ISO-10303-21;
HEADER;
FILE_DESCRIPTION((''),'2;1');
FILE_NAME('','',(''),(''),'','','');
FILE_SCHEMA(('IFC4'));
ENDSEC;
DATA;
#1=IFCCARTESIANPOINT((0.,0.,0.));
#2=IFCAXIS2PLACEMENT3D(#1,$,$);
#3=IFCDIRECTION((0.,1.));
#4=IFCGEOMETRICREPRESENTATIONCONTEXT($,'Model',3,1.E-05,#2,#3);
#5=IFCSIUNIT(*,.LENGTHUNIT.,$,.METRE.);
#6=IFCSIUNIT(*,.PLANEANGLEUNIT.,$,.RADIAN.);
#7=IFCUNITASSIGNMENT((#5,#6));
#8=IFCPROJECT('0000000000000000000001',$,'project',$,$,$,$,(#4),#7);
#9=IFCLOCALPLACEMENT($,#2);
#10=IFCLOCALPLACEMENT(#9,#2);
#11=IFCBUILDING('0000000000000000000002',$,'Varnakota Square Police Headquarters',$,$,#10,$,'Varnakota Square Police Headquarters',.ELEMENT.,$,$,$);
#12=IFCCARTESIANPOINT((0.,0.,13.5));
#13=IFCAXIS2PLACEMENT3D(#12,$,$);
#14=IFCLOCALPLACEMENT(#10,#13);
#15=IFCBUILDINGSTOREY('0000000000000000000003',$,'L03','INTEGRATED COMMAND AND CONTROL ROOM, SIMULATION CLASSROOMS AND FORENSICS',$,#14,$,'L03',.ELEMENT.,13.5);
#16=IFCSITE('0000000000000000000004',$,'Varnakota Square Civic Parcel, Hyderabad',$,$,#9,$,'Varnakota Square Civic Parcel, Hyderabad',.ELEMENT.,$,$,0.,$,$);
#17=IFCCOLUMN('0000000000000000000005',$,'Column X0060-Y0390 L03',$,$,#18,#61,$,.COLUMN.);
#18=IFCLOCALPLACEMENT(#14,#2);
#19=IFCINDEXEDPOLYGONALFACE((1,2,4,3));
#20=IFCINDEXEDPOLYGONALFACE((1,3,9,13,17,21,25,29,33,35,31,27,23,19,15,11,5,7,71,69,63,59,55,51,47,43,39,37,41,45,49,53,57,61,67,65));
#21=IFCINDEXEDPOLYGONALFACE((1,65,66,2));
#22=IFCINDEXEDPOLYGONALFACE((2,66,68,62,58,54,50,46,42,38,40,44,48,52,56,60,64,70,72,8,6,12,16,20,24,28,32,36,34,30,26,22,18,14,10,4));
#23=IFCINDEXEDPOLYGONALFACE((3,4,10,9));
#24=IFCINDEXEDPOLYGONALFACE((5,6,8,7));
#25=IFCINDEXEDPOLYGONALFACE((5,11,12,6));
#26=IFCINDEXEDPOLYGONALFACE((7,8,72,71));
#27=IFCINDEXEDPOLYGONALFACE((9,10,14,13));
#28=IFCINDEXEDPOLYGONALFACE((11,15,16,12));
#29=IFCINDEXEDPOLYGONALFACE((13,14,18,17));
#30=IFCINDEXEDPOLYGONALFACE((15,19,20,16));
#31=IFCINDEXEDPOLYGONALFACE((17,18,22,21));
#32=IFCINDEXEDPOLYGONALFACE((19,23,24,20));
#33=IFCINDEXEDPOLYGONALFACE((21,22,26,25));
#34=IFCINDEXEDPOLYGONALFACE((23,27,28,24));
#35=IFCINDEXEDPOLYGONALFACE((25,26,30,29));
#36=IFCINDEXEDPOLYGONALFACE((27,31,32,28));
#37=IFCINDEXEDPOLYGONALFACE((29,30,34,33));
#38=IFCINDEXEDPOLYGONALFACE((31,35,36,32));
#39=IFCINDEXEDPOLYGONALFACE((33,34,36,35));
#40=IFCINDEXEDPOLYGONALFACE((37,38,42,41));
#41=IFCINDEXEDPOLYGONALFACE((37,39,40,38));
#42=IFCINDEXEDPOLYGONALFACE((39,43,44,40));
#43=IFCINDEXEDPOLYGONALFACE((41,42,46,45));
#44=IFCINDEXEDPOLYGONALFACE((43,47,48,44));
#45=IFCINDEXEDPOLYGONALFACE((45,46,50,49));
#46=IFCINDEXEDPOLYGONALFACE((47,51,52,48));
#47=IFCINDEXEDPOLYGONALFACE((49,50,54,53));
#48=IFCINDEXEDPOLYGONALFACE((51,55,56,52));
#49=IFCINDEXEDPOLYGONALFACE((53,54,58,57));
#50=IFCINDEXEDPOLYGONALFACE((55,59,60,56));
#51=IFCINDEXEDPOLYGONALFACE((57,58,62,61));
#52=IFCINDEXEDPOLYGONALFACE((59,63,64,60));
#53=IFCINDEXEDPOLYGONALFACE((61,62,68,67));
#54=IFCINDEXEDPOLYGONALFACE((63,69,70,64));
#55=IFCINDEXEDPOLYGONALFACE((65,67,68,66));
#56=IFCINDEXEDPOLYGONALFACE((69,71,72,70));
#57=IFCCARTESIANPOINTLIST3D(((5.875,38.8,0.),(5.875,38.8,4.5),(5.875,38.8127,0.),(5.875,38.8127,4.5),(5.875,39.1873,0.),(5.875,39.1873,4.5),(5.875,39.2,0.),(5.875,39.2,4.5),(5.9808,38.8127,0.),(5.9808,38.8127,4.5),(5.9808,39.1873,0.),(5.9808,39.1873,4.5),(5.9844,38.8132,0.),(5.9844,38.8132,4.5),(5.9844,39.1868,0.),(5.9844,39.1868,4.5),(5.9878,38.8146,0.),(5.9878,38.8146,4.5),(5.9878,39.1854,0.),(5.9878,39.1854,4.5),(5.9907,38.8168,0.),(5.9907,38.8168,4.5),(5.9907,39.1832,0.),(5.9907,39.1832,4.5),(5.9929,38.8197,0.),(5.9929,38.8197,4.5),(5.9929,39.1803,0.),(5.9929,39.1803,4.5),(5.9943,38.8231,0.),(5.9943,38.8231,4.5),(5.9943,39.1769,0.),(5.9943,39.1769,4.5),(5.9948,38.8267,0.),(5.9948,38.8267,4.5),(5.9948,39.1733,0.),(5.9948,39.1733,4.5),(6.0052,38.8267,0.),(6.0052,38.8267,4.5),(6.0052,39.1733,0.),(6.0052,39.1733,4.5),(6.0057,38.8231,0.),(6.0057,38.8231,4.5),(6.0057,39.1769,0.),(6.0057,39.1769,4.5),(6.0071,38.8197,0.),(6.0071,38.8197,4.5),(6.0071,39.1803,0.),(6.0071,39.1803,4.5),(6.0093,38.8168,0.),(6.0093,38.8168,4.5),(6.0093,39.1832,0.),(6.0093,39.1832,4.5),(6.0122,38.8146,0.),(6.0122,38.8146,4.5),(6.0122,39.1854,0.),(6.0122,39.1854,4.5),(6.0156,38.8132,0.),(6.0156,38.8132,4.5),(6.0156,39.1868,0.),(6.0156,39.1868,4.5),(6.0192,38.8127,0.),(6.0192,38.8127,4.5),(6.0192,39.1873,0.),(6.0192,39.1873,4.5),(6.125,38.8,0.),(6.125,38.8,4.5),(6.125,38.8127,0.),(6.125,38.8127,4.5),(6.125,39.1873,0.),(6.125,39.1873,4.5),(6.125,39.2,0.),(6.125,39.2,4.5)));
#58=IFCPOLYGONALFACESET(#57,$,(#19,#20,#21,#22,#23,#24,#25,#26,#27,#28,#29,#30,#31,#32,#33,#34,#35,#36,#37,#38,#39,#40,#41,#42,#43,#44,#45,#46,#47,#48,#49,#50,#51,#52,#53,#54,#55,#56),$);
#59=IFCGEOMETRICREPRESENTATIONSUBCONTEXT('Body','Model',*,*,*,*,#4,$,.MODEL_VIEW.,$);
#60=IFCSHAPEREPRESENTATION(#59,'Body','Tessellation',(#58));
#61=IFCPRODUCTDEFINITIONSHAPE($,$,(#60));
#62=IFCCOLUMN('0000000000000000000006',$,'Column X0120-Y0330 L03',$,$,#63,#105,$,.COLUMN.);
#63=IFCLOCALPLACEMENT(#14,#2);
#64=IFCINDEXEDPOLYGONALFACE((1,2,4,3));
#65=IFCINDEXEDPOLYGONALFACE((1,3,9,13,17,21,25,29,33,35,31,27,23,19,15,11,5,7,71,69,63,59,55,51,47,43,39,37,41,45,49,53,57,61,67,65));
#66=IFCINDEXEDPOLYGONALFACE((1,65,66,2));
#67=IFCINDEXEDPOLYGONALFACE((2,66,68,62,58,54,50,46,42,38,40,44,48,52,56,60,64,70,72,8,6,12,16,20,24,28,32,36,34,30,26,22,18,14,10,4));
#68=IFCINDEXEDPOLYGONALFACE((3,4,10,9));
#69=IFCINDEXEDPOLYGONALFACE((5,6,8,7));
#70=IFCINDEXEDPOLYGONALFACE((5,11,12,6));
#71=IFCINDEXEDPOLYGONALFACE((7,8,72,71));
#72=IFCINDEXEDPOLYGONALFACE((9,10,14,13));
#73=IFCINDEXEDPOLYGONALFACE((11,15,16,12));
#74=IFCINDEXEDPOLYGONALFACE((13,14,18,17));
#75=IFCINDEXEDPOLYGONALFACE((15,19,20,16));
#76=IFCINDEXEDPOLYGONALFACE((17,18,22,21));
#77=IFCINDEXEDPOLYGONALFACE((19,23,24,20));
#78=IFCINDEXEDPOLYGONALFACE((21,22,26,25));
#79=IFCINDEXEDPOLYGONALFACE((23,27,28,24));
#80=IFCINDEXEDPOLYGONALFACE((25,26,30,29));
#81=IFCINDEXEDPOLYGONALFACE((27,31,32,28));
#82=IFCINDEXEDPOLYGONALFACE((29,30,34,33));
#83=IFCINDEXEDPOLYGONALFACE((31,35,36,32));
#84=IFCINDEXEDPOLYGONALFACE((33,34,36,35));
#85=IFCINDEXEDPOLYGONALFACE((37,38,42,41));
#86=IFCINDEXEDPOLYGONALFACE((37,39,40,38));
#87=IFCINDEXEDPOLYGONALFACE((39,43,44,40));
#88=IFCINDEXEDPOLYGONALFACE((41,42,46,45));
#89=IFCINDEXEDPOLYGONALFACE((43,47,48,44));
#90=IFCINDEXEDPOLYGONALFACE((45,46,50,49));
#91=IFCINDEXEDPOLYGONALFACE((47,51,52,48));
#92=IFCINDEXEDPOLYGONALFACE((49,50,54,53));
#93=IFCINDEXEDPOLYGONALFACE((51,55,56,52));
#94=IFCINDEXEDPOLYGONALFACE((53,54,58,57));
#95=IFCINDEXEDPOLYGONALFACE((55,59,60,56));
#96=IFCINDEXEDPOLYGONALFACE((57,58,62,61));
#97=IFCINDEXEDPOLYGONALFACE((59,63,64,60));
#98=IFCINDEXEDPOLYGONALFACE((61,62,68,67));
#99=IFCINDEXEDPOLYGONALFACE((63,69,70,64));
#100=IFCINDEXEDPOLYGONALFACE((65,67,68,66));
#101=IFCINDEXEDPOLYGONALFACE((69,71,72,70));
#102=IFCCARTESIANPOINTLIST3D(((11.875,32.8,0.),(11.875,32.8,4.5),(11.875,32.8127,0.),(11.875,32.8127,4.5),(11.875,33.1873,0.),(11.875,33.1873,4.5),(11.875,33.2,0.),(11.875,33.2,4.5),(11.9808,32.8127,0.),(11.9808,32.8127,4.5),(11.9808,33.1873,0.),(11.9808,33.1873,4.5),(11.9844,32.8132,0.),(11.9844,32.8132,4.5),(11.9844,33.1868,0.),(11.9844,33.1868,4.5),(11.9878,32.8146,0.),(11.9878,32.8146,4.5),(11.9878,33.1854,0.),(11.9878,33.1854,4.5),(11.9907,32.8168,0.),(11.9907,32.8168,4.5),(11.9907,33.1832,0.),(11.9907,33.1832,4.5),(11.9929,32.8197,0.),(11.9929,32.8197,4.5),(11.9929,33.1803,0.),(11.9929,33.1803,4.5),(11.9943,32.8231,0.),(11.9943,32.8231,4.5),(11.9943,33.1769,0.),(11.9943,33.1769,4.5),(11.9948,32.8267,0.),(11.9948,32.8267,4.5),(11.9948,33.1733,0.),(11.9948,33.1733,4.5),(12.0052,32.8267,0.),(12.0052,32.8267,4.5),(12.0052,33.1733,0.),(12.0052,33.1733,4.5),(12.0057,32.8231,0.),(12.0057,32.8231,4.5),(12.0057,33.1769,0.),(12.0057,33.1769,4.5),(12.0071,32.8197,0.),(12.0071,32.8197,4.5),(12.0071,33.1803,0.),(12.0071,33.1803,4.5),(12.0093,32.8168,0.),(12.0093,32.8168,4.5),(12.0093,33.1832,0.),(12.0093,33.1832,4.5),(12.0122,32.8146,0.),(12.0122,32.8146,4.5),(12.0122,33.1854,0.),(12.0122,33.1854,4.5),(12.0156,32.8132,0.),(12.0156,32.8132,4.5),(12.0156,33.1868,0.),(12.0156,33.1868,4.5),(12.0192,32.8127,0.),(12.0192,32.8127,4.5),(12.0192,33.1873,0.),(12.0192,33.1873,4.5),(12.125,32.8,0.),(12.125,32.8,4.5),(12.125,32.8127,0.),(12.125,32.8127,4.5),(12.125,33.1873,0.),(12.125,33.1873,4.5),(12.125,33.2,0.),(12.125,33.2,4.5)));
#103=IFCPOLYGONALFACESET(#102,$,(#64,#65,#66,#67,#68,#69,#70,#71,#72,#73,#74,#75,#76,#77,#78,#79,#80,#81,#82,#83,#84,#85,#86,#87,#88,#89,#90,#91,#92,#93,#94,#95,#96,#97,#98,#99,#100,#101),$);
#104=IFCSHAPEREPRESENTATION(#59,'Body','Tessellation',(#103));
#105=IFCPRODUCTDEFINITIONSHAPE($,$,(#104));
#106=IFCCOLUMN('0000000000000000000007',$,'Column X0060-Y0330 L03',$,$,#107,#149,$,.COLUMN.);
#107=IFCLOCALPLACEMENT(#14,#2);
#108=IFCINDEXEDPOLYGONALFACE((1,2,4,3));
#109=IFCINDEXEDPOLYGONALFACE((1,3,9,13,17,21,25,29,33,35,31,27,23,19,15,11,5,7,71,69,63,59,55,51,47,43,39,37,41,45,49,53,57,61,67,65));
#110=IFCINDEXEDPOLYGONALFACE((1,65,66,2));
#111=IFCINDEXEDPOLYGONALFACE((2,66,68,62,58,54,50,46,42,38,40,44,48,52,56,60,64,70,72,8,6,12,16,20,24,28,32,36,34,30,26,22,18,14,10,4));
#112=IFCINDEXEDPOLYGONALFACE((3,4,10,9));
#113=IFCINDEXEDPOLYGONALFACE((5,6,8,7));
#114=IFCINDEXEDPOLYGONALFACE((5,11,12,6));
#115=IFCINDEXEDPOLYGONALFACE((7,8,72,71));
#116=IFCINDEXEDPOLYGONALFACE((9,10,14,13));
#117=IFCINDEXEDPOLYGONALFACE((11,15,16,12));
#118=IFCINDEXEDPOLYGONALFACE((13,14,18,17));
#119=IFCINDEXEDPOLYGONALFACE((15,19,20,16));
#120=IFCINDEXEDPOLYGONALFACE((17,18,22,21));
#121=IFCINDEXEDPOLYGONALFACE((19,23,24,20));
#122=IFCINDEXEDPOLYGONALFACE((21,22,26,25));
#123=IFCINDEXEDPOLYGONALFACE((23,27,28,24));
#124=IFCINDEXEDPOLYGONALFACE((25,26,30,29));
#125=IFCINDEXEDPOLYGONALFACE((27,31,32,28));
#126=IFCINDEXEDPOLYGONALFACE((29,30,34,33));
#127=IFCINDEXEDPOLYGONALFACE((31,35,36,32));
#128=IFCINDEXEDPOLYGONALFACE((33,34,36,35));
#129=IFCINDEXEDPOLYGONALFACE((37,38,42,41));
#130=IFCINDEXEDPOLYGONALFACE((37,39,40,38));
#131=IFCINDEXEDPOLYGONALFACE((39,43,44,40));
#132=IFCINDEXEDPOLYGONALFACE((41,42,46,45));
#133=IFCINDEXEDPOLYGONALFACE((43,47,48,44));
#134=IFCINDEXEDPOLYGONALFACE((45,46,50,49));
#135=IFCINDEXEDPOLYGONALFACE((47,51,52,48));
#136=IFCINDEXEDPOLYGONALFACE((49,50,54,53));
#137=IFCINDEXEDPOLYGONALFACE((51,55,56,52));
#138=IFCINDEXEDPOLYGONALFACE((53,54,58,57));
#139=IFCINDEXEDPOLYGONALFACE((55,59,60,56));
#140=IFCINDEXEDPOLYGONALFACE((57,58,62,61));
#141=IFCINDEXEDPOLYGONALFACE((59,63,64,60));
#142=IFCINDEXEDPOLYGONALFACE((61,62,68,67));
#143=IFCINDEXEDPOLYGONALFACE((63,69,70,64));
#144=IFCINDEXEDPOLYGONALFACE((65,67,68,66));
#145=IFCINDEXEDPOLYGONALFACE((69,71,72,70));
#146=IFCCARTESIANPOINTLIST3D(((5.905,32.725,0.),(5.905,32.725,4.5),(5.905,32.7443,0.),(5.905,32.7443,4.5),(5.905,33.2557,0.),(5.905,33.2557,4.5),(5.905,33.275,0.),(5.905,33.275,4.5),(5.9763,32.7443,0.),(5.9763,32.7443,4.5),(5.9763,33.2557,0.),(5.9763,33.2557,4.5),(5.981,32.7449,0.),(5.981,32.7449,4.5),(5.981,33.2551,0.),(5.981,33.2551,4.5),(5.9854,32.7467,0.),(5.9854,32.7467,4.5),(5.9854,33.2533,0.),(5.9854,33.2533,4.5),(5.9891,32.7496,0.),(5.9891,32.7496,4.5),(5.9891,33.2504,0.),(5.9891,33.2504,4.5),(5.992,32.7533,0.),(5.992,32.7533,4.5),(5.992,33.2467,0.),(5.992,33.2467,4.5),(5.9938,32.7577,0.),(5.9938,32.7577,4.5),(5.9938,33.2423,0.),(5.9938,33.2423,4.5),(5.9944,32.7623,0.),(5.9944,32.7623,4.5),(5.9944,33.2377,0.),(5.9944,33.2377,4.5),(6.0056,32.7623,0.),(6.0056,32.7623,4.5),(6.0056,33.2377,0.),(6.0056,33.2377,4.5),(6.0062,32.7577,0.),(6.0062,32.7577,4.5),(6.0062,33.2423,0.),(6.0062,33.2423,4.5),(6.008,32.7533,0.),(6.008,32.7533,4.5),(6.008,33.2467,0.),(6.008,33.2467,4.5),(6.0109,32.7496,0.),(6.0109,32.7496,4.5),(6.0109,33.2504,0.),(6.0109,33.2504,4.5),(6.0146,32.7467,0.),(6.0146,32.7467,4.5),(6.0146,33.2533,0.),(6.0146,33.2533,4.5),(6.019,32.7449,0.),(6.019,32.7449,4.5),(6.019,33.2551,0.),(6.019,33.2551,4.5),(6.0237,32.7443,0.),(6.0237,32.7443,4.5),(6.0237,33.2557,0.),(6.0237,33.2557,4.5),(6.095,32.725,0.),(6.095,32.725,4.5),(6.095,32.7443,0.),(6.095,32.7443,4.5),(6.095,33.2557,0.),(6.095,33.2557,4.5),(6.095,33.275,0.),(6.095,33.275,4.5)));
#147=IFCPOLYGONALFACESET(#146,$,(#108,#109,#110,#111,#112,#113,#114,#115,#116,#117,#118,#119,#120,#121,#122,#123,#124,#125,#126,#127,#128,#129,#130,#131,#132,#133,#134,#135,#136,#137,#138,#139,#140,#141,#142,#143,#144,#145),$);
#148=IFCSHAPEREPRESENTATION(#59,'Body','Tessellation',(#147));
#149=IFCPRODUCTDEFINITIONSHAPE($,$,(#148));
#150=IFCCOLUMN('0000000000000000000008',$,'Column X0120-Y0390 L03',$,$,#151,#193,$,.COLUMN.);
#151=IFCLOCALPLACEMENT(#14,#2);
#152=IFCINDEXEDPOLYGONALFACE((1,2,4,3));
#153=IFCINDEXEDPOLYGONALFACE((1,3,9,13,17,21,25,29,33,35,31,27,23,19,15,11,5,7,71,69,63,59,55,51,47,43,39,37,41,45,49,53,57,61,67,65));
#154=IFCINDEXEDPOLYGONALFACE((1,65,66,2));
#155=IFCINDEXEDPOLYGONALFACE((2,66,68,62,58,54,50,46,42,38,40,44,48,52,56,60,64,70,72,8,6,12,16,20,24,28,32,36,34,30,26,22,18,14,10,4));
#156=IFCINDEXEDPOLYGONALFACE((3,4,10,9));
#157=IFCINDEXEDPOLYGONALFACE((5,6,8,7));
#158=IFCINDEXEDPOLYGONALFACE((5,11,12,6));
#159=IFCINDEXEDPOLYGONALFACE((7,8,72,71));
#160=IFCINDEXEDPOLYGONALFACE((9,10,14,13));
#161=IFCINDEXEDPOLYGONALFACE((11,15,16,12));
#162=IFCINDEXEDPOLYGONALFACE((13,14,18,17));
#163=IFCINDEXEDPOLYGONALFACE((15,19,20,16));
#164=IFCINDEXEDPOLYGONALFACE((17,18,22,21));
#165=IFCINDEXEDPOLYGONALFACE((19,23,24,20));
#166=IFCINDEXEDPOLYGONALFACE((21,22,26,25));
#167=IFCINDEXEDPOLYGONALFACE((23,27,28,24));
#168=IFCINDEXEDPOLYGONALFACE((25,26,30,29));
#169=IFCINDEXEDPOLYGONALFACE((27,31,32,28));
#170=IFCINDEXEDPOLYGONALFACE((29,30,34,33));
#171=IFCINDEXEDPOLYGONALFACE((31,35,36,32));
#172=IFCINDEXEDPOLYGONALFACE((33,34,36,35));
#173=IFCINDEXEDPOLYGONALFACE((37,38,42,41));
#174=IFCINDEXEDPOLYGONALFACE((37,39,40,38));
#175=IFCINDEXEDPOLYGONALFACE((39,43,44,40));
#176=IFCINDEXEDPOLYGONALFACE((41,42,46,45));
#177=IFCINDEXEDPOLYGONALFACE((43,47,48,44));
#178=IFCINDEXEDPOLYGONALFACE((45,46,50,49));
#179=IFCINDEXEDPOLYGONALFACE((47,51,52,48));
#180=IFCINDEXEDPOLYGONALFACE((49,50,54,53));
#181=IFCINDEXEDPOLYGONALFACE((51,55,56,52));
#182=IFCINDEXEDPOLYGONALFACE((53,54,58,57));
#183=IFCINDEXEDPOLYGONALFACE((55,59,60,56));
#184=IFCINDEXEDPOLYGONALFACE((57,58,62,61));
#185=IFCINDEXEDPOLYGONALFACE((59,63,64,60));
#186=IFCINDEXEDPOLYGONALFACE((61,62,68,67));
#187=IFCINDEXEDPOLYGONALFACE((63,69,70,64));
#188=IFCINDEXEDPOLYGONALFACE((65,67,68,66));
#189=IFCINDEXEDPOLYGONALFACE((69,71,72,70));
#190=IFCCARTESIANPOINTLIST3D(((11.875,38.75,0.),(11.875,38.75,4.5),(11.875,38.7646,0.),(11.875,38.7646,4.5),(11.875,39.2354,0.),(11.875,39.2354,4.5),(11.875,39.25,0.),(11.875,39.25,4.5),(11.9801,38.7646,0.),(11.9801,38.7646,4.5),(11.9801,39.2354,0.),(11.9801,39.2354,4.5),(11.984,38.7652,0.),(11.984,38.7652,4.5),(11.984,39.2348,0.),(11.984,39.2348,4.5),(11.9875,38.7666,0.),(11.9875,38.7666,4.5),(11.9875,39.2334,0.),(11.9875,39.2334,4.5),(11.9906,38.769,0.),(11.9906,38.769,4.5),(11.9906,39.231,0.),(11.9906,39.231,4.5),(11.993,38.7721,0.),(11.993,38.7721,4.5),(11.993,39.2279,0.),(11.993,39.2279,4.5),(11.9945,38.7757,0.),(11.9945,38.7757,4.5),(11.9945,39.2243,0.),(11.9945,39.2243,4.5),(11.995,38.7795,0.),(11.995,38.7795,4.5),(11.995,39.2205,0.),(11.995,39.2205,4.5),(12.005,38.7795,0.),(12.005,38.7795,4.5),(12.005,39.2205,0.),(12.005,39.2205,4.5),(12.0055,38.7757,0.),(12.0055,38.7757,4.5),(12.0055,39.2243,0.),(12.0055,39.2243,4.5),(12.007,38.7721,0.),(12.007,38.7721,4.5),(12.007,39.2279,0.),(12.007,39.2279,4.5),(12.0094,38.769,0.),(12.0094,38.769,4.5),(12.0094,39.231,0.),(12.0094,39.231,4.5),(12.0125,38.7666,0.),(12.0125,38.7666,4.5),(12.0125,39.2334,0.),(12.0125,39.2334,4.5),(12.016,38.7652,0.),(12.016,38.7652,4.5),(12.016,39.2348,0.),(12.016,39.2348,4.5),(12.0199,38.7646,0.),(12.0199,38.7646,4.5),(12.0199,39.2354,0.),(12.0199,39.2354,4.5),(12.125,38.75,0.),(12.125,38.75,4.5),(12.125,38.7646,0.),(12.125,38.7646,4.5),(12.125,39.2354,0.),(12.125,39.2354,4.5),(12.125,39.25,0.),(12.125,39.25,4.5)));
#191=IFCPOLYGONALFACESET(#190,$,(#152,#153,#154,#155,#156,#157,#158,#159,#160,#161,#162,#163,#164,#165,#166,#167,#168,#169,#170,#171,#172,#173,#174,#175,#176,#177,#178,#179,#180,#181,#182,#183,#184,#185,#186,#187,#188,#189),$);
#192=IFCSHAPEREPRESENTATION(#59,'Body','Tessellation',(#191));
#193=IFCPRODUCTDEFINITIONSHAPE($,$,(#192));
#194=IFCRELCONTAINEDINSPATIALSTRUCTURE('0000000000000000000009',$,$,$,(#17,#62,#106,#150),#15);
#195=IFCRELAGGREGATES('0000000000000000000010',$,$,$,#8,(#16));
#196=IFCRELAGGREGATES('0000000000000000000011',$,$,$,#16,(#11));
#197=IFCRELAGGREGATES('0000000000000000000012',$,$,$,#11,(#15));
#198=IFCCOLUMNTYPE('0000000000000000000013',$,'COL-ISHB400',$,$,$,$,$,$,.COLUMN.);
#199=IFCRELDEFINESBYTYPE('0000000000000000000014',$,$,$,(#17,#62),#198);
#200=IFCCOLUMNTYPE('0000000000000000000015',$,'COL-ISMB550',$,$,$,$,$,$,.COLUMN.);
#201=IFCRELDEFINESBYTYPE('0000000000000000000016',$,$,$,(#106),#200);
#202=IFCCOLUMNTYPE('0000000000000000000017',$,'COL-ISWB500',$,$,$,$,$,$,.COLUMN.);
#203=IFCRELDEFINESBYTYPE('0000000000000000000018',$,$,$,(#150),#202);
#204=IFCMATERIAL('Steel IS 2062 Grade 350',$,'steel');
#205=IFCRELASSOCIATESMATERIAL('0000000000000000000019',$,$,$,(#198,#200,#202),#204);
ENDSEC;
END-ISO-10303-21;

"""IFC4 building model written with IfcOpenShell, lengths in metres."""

from ifc_helpers import new_model, si_unit, direction, frame, origin, origin_2d, place, context, subcontext, project, spatial, i_section, extrude, material, material_profile, profile_set, type_object, element, save


model = new_model("IFC4")

# Units and contexts
model_context = context("Model", 3, precision=1e-05, world=origin(), true_north=direction((0.0, 1.0)))
body_context = subcontext(model_context, "Body", "Model", "MODEL_VIEW")
ifc_project = project(units=[si_unit("LENGTHUNIT", "METRE"), si_unit("PLANEANGLEUNIT", "RADIAN")], contexts=[model_context])

# Site, building, storey
site_placement = place(None, origin())
site = spatial("IfcSite", under=ifc_project, at=site_placement, Name="Varnakota Square Civic Parcel, Hyderabad", LongName="Varnakota Square Civic Parcel, Hyderabad", CompositionType="ELEMENT", RefElevation=0.0)
building_placement = place(site_placement, origin())
building = spatial("IfcBuilding", under=site, at=building_placement, Name="Varnakota Square Police Headquarters", LongName="Varnakota Square Police Headquarters", CompositionType="ELEMENT")
storey_placement = place(building_placement, frame((0.0, 0.0, 13.5)))
storey = spatial("IfcBuildingStorey", under=building, at=storey_placement, Name="L03", Description="INTEGRATED COMMAND AND CONTROL ROOM, SIMULATION CLASSROOMS AND FORENSICS", LongName="L03", CompositionType="ELEMENT", Elevation=13.5)

# Columns
ifc_material_1 = material(Name="Steel IS 2062 Grade 350", Category="steel")
ifc_material_profile_1 = material_profile(ifc_material_1, i_section(OverallWidth=0.25, OverallDepth=0.3999, WebThickness=0.0105, FlangeThickness=0.0127, FilletRadius=0.0139, at=origin_2d()), Name="ISHB 400")
ifc_profile_set_1 = profile_set([ifc_material_profile_1], Name="Steel IS 2062 Grade 350")
column_type_1 = type_object("IfcColumnType", Name="COL-ISHB400", PredefinedType="COLUMN", material=ifc_profile_set_1)
for number, where, z_axis, x_axis, name in (
    (1, (6.0, 39.0, 0.0), (0.0, 0.0, 1.0), (1.0, 0.0, 0.0), "Column X0060-Y0390 L03"),
    (2, (12.0, 33.0, 0.0), (0.0, 0.0, 1.0), (1.0, 0.0, 0.0), "Column X0120-Y0330 L03"),
):
    element("IfcColumn", number, at=place(storey_placement, frame(where, z_axis=z_axis, x_axis=x_axis)), inside=storey, type_object=column_type_1, Name=name, PredefinedType="COLUMN", context=body_context, shape_type="SweptSolid", body=[
        extrude(i_section(OverallWidth=0.25, OverallDepth=0.3999, WebThickness=0.0105, FlangeThickness=0.0127, FilletRadius=0.0139, at=origin_2d()), origin(), (0.0, 0.0, 1.0), 4.5),
    ])
ifc_material_profile_2 = material_profile(ifc_material_1, i_section(OverallWidth=0.1899, OverallDepth=0.55, WebThickness=0.0112, FlangeThickness=0.0193, FilletRadius=0.0181, at=origin_2d()), Name="ISMB 550")
ifc_profile_set_2 = profile_set([ifc_material_profile_2], Name="Steel IS 2062 Grade 350")
column_type_2 = type_object("IfcColumnType", Name="COL-ISMB550", PredefinedType="COLUMN", material=ifc_profile_set_2)
column_1_placement = place(storey_placement, frame((6.0, 33.0, 0.0), z_axis=(0.0, 0.0, 1.0), x_axis=(1.0, 0.0, 0.0)))
element("IfcColumn", 3, at=column_1_placement, inside=storey, type_object=column_type_2, Name="Column X0060-Y0330 L03", PredefinedType="COLUMN", context=body_context, shape_type="SweptSolid", body=[
    extrude(i_section(OverallWidth=0.1899, OverallDepth=0.55, WebThickness=0.0112, FlangeThickness=0.0193, FilletRadius=0.0181, at=origin_2d()), origin(), (0.0, 0.0, 1.0), 4.5),
])
ifc_material_profile_3 = material_profile(ifc_material_1, i_section(OverallWidth=0.25, OverallDepth=0.5, WebThickness=0.01, FlangeThickness=0.0146, FilletRadius=0.0149, at=origin_2d()), Name="ISWB 500")
ifc_profile_set_3 = profile_set([ifc_material_profile_3], Name="Steel IS 2062 Grade 350")
column_type_3 = type_object("IfcColumnType", Name="COL-ISWB500", PredefinedType="COLUMN", material=ifc_profile_set_3)
column_2_placement = place(storey_placement, frame((12.0, 39.0, 0.0), z_axis=(0.0, 0.0, 1.0), x_axis=(1.0, 0.0, 0.0)))
element("IfcColumn", 4, at=column_2_placement, inside=storey, type_object=column_type_3, Name="Column X0120-Y0390 L03", PredefinedType="COLUMN", context=body_context, shape_type="SweptSolid", body=[
    extrude(i_section(OverallWidth=0.25, OverallDepth=0.5, WebThickness=0.01, FlangeThickness=0.0146, FilletRadius=0.0149, at=origin_2d()), origin(), (0.0, 0.0, 1.0), 4.5),
])

save(model, "model.ifc")
